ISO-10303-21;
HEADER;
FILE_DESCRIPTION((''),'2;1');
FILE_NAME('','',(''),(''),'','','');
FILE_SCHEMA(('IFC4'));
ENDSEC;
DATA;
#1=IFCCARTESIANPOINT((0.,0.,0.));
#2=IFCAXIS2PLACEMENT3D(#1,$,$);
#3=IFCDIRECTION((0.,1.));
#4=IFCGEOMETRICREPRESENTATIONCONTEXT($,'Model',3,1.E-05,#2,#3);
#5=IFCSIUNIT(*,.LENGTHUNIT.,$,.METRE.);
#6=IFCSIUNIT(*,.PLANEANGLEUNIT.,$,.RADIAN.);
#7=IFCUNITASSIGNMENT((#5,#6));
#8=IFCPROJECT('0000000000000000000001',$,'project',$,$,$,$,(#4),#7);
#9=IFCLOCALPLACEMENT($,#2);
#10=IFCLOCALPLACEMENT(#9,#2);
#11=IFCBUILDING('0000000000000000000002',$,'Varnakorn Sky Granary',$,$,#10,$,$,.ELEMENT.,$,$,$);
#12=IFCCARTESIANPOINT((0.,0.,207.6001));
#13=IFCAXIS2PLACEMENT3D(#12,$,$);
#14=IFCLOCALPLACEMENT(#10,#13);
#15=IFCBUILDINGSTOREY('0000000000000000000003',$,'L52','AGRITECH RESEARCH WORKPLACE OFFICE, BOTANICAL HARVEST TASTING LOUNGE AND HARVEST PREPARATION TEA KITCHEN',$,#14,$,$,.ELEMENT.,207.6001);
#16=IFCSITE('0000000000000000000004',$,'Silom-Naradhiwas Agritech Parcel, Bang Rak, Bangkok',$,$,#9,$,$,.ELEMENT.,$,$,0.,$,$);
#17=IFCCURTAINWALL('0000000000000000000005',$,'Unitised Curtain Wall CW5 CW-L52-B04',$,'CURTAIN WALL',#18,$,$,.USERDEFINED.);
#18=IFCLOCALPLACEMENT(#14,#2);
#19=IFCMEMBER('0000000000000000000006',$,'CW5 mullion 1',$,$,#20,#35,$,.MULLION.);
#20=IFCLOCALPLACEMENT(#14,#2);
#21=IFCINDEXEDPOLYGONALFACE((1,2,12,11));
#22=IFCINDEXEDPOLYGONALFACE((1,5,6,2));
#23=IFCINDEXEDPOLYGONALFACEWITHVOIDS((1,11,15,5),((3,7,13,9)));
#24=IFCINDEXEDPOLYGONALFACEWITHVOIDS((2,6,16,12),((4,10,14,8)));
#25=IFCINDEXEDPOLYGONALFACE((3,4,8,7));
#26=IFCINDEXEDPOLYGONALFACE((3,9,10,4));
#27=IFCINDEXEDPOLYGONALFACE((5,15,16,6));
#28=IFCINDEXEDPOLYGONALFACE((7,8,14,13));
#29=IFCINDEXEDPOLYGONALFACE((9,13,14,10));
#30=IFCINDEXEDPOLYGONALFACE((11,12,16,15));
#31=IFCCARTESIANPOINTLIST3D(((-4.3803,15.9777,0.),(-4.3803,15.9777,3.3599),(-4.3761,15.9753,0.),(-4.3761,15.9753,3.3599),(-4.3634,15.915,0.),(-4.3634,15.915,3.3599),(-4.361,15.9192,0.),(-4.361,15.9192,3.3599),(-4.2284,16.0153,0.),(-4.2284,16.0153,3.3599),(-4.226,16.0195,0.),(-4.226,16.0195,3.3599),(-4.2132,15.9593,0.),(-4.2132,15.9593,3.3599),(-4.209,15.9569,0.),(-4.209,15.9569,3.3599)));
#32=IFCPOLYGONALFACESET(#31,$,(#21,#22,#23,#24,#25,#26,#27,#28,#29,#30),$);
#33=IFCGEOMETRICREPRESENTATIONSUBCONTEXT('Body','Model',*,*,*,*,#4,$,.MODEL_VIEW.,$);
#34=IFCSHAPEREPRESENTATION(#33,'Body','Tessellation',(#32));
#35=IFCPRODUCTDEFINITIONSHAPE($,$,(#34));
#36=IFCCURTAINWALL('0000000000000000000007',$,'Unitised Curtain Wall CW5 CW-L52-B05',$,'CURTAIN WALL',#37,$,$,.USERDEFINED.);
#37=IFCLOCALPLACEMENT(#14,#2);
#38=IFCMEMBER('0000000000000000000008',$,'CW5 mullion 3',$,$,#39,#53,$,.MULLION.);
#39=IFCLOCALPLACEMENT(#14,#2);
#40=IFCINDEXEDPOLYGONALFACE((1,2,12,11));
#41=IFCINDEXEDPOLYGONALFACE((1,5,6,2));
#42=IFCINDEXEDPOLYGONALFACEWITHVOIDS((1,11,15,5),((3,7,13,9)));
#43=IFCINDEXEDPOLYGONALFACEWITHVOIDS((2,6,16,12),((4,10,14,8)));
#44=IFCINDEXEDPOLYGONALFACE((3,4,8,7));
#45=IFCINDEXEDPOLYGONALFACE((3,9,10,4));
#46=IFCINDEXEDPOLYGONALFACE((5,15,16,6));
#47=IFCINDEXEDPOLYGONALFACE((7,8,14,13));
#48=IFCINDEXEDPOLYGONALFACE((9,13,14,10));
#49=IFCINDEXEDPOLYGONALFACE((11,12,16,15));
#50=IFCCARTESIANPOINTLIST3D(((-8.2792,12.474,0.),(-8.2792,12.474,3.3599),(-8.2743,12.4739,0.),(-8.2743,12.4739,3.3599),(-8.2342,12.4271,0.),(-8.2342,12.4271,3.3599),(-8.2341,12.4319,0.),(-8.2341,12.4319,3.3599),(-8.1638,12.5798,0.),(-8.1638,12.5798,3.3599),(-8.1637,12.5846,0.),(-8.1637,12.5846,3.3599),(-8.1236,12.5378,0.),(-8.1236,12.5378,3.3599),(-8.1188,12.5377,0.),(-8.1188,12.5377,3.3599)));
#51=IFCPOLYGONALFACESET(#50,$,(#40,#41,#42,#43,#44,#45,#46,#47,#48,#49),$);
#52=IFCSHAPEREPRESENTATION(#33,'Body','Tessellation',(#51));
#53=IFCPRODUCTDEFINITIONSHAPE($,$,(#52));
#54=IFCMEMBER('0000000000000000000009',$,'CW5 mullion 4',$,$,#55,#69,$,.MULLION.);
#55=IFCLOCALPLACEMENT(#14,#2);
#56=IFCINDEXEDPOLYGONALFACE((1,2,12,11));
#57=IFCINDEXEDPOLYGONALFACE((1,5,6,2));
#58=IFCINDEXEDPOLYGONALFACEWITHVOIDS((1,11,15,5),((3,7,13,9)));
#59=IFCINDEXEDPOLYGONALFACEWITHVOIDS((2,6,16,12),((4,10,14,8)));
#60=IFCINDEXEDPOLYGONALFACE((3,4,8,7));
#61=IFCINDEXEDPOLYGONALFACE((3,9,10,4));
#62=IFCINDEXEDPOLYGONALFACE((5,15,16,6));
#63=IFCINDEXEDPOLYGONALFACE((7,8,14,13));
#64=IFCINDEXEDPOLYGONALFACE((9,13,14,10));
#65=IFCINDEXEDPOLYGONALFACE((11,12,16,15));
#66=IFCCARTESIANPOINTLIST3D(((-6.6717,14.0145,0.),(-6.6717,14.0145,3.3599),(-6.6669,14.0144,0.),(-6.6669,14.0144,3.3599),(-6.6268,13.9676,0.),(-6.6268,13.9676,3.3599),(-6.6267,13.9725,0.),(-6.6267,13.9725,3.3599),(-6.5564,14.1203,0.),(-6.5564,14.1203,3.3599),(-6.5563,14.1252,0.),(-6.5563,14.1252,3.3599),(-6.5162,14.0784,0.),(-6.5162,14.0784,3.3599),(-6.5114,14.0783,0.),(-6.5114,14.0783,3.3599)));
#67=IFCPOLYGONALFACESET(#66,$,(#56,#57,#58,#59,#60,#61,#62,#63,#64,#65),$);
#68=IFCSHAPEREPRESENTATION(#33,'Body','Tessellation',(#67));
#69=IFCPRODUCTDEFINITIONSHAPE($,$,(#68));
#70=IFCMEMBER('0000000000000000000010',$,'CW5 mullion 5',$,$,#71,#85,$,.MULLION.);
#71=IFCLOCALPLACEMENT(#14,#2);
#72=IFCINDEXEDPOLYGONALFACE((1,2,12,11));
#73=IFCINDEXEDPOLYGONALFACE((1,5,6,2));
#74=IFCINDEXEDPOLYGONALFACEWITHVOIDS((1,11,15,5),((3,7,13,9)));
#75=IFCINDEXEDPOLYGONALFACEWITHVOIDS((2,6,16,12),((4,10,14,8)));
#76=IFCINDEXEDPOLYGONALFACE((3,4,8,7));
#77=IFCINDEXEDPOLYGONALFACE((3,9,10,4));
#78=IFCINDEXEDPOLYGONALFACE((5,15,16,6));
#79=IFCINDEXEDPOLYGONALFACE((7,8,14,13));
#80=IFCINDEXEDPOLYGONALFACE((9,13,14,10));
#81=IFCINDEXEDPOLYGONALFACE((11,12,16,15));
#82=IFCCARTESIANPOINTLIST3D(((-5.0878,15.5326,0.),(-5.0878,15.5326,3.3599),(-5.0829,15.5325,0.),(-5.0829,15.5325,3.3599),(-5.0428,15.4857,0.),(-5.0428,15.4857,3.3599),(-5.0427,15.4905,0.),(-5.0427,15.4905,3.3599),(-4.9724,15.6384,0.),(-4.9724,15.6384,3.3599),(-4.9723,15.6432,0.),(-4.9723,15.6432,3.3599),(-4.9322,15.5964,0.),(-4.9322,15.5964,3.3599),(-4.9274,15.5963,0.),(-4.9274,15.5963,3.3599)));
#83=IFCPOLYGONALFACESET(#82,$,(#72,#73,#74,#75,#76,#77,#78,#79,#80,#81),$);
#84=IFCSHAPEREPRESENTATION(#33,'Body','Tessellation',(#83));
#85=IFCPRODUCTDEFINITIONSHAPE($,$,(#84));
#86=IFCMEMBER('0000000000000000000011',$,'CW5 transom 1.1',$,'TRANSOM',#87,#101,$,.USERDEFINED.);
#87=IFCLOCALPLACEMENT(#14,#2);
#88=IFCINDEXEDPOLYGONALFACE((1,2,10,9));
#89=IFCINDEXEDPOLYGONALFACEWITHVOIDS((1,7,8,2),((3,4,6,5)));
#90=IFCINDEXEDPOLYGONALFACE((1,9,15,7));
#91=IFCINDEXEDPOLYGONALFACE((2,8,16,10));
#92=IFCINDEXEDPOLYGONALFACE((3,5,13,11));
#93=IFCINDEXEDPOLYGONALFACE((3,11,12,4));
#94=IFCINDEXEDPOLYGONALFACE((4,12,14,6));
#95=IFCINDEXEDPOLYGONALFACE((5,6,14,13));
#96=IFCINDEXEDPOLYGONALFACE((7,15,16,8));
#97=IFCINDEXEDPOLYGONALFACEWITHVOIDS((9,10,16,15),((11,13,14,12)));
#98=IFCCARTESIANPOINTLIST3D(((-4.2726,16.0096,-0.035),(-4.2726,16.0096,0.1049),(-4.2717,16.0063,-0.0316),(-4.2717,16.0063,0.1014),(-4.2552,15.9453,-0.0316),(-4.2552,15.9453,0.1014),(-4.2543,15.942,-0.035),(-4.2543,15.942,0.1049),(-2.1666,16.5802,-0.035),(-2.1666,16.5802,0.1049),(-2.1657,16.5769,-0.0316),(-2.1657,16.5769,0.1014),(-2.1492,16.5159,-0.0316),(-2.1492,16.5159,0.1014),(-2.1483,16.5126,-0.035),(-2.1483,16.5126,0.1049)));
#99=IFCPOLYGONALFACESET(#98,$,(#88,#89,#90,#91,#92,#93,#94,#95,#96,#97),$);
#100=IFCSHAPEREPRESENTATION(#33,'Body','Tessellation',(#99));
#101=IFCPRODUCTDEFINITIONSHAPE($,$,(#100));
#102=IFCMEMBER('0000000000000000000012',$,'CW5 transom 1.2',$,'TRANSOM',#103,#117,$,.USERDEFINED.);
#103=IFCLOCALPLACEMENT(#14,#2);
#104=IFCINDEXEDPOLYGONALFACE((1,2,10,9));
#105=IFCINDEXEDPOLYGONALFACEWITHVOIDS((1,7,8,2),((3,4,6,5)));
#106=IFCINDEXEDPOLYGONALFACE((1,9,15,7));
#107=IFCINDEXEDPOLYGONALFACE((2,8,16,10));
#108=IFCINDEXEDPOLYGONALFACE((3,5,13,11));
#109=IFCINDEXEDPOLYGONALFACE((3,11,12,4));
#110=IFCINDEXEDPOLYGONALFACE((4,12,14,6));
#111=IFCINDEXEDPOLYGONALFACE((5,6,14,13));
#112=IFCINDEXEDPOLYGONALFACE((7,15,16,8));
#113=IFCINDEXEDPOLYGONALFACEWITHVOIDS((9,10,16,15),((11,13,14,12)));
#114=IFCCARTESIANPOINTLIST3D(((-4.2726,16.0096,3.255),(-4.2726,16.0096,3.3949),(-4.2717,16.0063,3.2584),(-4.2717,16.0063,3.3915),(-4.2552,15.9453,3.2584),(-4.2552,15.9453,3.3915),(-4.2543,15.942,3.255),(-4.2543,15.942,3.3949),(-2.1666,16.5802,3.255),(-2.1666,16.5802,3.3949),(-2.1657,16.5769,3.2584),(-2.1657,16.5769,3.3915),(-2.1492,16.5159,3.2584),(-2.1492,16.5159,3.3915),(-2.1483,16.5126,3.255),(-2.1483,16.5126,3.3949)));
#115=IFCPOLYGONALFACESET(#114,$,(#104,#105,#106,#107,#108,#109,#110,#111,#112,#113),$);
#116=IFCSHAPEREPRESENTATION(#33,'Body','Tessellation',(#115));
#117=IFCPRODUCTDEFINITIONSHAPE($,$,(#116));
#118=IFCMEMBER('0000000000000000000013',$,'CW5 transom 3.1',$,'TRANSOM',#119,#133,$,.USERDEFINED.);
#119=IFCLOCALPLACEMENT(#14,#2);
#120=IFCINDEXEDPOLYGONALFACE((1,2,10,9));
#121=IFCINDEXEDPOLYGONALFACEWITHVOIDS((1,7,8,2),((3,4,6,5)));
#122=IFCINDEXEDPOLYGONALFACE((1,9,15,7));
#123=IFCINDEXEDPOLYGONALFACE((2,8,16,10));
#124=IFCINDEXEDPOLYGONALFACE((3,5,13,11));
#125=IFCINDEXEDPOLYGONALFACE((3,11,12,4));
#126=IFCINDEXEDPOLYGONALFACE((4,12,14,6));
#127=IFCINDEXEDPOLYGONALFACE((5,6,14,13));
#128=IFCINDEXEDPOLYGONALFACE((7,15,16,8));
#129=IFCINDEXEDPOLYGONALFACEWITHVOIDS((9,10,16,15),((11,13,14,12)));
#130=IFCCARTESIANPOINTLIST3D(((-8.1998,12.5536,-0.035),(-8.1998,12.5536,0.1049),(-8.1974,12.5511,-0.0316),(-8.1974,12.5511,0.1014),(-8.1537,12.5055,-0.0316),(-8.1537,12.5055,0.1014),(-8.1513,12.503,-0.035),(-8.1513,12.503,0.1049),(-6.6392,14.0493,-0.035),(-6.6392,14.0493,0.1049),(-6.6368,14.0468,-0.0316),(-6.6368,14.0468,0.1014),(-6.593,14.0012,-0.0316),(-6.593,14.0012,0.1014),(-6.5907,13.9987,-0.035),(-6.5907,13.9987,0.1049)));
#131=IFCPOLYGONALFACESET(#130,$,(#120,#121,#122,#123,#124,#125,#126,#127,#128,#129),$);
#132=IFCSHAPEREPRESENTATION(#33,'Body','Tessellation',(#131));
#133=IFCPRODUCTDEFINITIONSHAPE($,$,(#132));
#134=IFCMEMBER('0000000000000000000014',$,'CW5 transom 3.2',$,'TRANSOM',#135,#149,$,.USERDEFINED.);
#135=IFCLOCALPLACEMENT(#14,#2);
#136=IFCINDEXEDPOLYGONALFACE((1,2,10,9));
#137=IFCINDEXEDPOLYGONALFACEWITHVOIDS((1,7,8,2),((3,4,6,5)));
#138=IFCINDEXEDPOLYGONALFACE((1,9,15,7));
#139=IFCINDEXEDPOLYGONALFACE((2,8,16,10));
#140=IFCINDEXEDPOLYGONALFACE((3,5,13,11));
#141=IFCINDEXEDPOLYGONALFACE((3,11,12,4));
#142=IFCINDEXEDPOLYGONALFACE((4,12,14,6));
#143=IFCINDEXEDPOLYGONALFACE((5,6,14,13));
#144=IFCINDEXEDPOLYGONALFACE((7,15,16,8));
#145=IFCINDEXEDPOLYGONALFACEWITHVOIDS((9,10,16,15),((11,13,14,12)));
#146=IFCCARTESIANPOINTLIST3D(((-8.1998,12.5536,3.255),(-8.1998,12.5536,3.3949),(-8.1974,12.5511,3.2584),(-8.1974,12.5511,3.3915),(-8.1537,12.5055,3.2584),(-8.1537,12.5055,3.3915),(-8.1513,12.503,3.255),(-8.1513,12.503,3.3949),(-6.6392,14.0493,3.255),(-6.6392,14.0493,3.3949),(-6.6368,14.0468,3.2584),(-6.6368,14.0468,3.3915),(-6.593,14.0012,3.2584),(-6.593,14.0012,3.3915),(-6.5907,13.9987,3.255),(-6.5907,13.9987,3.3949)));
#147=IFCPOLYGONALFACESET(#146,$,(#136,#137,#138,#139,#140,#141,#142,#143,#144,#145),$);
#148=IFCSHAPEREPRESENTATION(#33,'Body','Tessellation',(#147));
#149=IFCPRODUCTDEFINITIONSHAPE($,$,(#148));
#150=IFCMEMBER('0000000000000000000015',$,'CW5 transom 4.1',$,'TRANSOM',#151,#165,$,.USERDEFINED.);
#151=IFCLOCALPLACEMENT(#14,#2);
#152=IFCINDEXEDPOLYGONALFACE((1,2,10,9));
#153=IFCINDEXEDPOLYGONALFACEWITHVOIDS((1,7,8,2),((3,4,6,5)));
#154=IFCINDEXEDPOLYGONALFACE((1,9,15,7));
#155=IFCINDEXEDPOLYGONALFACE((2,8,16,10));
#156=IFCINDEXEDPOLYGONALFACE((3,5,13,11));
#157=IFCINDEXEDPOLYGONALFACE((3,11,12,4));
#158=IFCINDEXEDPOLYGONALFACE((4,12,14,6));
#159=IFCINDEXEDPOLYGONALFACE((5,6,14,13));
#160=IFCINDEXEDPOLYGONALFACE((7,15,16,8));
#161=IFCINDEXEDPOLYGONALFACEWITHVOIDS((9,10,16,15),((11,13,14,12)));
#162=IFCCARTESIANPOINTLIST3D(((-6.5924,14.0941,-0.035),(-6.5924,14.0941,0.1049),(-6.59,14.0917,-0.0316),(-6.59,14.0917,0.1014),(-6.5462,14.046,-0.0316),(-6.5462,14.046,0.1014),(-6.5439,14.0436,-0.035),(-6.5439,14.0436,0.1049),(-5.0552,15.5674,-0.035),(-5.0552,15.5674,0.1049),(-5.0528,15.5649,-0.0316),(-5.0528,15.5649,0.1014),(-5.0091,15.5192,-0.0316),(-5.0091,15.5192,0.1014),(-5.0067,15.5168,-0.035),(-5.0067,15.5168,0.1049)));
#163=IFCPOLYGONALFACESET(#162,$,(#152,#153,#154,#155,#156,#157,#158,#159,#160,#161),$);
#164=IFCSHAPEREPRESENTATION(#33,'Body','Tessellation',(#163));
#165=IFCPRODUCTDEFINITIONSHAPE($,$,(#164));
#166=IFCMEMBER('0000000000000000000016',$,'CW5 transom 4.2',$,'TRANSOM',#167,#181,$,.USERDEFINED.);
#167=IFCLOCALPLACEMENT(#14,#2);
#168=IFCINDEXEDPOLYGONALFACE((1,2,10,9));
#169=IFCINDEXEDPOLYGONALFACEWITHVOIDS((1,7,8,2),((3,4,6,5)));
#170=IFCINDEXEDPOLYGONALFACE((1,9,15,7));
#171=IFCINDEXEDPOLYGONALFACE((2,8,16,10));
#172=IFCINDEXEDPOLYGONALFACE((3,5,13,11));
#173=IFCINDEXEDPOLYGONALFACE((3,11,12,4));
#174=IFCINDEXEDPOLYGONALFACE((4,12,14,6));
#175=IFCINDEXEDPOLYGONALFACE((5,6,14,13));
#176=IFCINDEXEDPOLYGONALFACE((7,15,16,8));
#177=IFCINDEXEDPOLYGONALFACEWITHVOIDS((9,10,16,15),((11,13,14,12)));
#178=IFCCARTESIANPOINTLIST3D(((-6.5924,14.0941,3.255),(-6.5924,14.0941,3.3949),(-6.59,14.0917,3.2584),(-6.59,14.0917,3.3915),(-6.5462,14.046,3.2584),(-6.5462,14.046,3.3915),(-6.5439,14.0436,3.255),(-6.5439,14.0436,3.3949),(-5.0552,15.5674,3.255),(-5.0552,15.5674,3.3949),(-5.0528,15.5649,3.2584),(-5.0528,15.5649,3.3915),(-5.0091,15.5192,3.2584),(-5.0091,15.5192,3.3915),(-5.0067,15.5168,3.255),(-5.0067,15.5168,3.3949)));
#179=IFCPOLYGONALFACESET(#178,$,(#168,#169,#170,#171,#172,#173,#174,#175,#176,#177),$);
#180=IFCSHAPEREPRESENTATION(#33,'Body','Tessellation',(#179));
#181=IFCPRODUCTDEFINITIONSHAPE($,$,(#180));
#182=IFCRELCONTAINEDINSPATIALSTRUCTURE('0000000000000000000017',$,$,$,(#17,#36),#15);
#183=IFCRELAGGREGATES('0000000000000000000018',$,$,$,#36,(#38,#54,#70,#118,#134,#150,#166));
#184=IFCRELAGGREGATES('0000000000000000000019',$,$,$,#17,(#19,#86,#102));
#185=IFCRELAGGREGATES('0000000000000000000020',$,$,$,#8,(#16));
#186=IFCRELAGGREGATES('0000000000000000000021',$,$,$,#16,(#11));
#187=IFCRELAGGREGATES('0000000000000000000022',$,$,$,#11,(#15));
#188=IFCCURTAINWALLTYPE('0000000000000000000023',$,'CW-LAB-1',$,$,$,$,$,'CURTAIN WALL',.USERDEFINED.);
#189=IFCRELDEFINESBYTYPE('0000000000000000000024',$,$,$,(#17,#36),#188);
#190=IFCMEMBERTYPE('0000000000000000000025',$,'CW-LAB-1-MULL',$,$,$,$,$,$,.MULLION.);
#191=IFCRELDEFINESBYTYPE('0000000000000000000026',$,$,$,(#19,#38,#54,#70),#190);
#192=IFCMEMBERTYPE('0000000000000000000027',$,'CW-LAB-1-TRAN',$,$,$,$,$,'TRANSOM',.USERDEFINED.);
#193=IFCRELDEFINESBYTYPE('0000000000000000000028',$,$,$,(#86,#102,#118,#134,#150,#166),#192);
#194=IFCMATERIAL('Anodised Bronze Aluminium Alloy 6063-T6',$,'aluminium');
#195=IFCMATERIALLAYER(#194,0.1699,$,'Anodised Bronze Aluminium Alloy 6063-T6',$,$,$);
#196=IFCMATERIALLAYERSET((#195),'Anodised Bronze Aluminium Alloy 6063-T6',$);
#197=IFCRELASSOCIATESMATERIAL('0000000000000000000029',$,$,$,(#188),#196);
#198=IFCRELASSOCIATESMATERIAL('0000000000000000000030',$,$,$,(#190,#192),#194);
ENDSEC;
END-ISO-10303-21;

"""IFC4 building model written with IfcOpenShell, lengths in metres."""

from ifc_helpers import new_model, si_unit, direction, frame, origin, origin_2d, place, context, subcontext, project, spatial, hollow_rectangle, extrude, material, layer, layer_set, material_profile, profile_set, type_object, element, aggregate, save


model = new_model("IFC4")

# Units and contexts
model_context = context("Model", 3, precision=1e-05, world=origin(), true_north=direction((0.0, 1.0)))
body_context = subcontext(model_context, "Body", "Model", "MODEL_VIEW")
ifc_project = project(units=[si_unit("LENGTHUNIT", "METRE"), si_unit("PLANEANGLEUNIT", "RADIAN")], contexts=[model_context])

# Site, building, storey
site_placement = place(None, origin())
site = spatial("IfcSite", under=ifc_project, at=site_placement, Name="Silom-Naradhiwas Agritech Parcel, Bang Rak, Bangkok", CompositionType="ELEMENT", RefElevation=0.0)
building_placement = place(site_placement, origin())
building = spatial("IfcBuilding", under=site, at=building_placement, Name="Varnakorn Sky Granary", CompositionType="ELEMENT")
storey_placement = place(building_placement, frame((0.0, 0.0, 207.6001)))
storey = spatial("IfcBuildingStorey", under=building, at=storey_placement, Name="L52", Description="AGRITECH RESEARCH WORKPLACE OFFICE, BOTANICAL HARVEST TASTING LOUNGE AND HARVEST PREPARATION TEA KITCHEN", CompositionType="ELEMENT", Elevation=207.6001)

# Curtain wall, member
ifc_material_1 = material(Name="Anodised Bronze Aluminium Alloy 6063-T6", Category="aluminium")
ifc_layer_1 = layer(ifc_material_1, 0.1699, Name="Anodised Bronze Aluminium Alloy 6063-T6")
ifc_layer_set_1 = layer_set([ifc_layer_1], Name="Anodised Bronze Aluminium Alloy 6063-T6")
curtain_wall_type = type_object("IfcCurtainWallType", Name="CW-LAB-1", ElementType="CURTAIN WALL", PredefinedType="USERDEFINED", material=ifc_layer_set_1)
curtain_wall_1_placement = place(storey_placement, origin())
curtain_wall_1 = element("IfcCurtainWall", 1, at=curtain_wall_1_placement, inside=storey, type_object=curtain_wall_type, Name="Unitised Curtain Wall CW5 CW-L52-B04", ObjectType="CURTAIN WALL", PredefinedType="USERDEFINED")
ifc_material_profile_1 = material_profile(ifc_material_1, hollow_rectangle(XDim=0.0649, YDim=0.1599, WallThickness=0.0034, at=origin_2d()), Name="ALU MULL 65x160")
ifc_profile_set_1 = profile_set([ifc_material_profile_1], Name="Anodised Bronze Aluminium Alloy 6063-T6")
member_type_1 = type_object("IfcMemberType", Name="CW-LAB-1-MULL", PredefinedType="MULLION", material=ifc_profile_set_1)
member_1_placement = place(storey_placement, frame((-4.2947, 15.9673, 0.0), z_axis=(0.0, 0.0, 1.0), x_axis=(-0.261502, 0.965203, 0.0)))
member_1 = element("IfcMember", 2, at=member_1_placement, type_object=member_type_1, Name="CW5 mullion 1", PredefinedType="MULLION", context=body_context, shape_type="SweptSolid", body=[
    extrude(hollow_rectangle(XDim=0.0649, YDim=0.1599, WallThickness=0.0034, at=origin_2d()), origin(), (0.0, 0.0, 1.0), 3.3599),
])

# Curtain wall, members
curtain_wall_2_placement = place(storey_placement, origin())
curtain_wall_2 = element("IfcCurtainWall", 3, at=curtain_wall_2_placement, inside=storey, type_object=curtain_wall_type, Name="Unitised Curtain Wall CW5 CW-L52-B05", ObjectType="CURTAIN WALL", PredefinedType="USERDEFINED")
member_2_placement = place(storey_placement, frame((-8.199, 12.5059, 0.0), z_axis=(0.0, 0.0, 1.0), x_axis=(-0.691923, 0.721971, 0.0)))
member_2 = element("IfcMember", 4, at=member_2_placement, type_object=member_type_1, Name="CW5 mullion 3", PredefinedType="MULLION", context=body_context, shape_type="SweptSolid", body=[
    extrude(hollow_rectangle(XDim=0.0649, YDim=0.1599, WallThickness=0.0034, at=origin_2d()), origin(), (0.0, 0.0, 1.0), 3.3599),
])
member_3_placement = place(storey_placement, frame((-6.5916, 14.0464, 0.0), z_axis=(0.0, 0.0, 1.0), x_axis=(-0.691923, 0.721971, 0.0)))
member_3 = element("IfcMember", 5, at=member_3_placement, type_object=member_type_1, Name="CW5 mullion 4", PredefinedType="MULLION", context=body_context, shape_type="SweptSolid", body=[
    extrude(hollow_rectangle(XDim=0.0649, YDim=0.1599, WallThickness=0.0034, at=origin_2d()), origin(), (0.0, 0.0, 1.0), 3.3599),
])
member_4_placement = place(storey_placement, frame((-5.0076, 15.5645, 0.0), z_axis=(0.0, 0.0, 1.0), x_axis=(-0.691923, 0.721971, 0.0)))
member_4 = element("IfcMember", 6, at=member_4_placement, type_object=member_type_1, Name="CW5 mullion 5", PredefinedType="MULLION", context=body_context, shape_type="SweptSolid", body=[
    extrude(hollow_rectangle(XDim=0.0649, YDim=0.1599, WallThickness=0.0034, at=origin_2d()), origin(), (0.0, 0.0, 1.0), 3.3599),
])

# Members
ifc_material_profile_2 = material_profile(ifc_material_1, hollow_rectangle(XDim=0.0701, YDim=0.1399, WallThickness=0.0034, at=origin_2d()), Name="ALU TRAN 70x140")
ifc_profile_set_2 = profile_set([ifc_material_profile_2], Name="Anodised Bronze Aluminium Alloy 6063-T6")
member_type_2 = type_object("IfcMemberType", Name="CW-LAB-1-TRAN", ElementType="TRANSOM", PredefinedType="USERDEFINED", material=ifc_profile_set_2)
member_5_placement = place(storey_placement, frame((-4.2634, 15.9758, 0.0349), z_axis=(0.965204, 0.261498, 0.0), x_axis=(-0.261498, 0.965204, 0.0)))
member_5 = element("IfcMember", 7, at=member_5_placement, type_object=member_type_2, Name="CW5 transom 1.1", ObjectType="TRANSOM", PredefinedType="USERDEFINED", context=body_context, shape_type="SweptSolid", body=[
    extrude(hollow_rectangle(XDim=0.0701, YDim=0.1399, WallThickness=0.0034, at=origin_2d()), origin(), (0.0, 0.0, 1.0), 2.1819),
])
member_6_placement = place(storey_placement, frame((-4.2634, 15.9758, 3.325), z_axis=(0.965204, 0.261498, 0.0), x_axis=(-0.261498, 0.965204, 0.0)))
member_6 = element("IfcMember", 8, at=member_6_placement, type_object=member_type_2, Name="CW5 transom 1.2", ObjectType="TRANSOM", PredefinedType="USERDEFINED", context=body_context, shape_type="SweptSolid", body=[
    extrude(hollow_rectangle(XDim=0.0701, YDim=0.1399, WallThickness=0.0034, at=origin_2d()), origin(), (0.0, 0.0, 1.0), 2.1819),
])
member_7_placement = place(storey_placement, frame((-8.1755, 12.5283, 0.0349), z_axis=(0.721969, 0.691925, 0.0), x_axis=(-0.691925, 0.721969, 0.0)))
member_7 = element("IfcMember", 9, at=member_7_placement, type_object=member_type_2, Name="CW5 transom 3.1", ObjectType="TRANSOM", PredefinedType="USERDEFINED", context=body_context, shape_type="SweptSolid", body=[
    extrude(hollow_rectangle(XDim=0.0701, YDim=0.1399, WallThickness=0.0034, at=origin_2d()), origin(), (0.0, 0.0, 1.0), 2.1616),
])
member_8_placement = place(storey_placement, frame((-8.1755, 12.5283, 3.325), z_axis=(0.721969, 0.691925, 0.0), x_axis=(-0.691925, 0.721969, 0.0)))
member_8 = element("IfcMember", 10, at=member_8_placement, type_object=member_type_2, Name="CW5 transom 3.2", ObjectType="TRANSOM", PredefinedType="USERDEFINED", context=body_context, shape_type="SweptSolid", body=[
    extrude(hollow_rectangle(XDim=0.0701, YDim=0.1399, WallThickness=0.0034, at=origin_2d()), origin(), (0.0, 0.0, 1.0), 2.1616),
])
member_9_placement = place(storey_placement, frame((-6.5681, 14.0688, 0.0349), z_axis=(0.721969, 0.691925, 0.0), x_axis=(-0.691925, 0.721969, 0.0)))
member_9 = element("IfcMember", 11, at=member_9_placement, type_object=member_type_2, Name="CW5 transom 4.1", ObjectType="TRANSOM", PredefinedType="USERDEFINED", context=body_context, shape_type="SweptSolid", body=[
    extrude(hollow_rectangle(XDim=0.0701, YDim=0.1399, WallThickness=0.0034, at=origin_2d()), origin(), (0.0, 0.0, 1.0), 2.1292),
])
member_10_placement = place(storey_placement, frame((-6.5681, 14.0688, 3.325), z_axis=(0.721969, 0.691925, 0.0), x_axis=(-0.691925, 0.721969, 0.0)))
member_10 = element("IfcMember", 12, at=member_10_placement, type_object=member_type_2, Name="CW5 transom 4.2", ObjectType="TRANSOM", PredefinedType="USERDEFINED", context=body_context, shape_type="SweptSolid", body=[
    extrude(hollow_rectangle(XDim=0.0701, YDim=0.1399, WallThickness=0.0034, at=origin_2d()), origin(), (0.0, 0.0, 1.0), 2.1292),
])

aggregate(curtain_wall_2, [member_2, member_3, member_4, member_7, member_8, member_9, member_10])
aggregate(curtain_wall_1, [member_1, member_5, member_6])

save(model, "model.ifc")
